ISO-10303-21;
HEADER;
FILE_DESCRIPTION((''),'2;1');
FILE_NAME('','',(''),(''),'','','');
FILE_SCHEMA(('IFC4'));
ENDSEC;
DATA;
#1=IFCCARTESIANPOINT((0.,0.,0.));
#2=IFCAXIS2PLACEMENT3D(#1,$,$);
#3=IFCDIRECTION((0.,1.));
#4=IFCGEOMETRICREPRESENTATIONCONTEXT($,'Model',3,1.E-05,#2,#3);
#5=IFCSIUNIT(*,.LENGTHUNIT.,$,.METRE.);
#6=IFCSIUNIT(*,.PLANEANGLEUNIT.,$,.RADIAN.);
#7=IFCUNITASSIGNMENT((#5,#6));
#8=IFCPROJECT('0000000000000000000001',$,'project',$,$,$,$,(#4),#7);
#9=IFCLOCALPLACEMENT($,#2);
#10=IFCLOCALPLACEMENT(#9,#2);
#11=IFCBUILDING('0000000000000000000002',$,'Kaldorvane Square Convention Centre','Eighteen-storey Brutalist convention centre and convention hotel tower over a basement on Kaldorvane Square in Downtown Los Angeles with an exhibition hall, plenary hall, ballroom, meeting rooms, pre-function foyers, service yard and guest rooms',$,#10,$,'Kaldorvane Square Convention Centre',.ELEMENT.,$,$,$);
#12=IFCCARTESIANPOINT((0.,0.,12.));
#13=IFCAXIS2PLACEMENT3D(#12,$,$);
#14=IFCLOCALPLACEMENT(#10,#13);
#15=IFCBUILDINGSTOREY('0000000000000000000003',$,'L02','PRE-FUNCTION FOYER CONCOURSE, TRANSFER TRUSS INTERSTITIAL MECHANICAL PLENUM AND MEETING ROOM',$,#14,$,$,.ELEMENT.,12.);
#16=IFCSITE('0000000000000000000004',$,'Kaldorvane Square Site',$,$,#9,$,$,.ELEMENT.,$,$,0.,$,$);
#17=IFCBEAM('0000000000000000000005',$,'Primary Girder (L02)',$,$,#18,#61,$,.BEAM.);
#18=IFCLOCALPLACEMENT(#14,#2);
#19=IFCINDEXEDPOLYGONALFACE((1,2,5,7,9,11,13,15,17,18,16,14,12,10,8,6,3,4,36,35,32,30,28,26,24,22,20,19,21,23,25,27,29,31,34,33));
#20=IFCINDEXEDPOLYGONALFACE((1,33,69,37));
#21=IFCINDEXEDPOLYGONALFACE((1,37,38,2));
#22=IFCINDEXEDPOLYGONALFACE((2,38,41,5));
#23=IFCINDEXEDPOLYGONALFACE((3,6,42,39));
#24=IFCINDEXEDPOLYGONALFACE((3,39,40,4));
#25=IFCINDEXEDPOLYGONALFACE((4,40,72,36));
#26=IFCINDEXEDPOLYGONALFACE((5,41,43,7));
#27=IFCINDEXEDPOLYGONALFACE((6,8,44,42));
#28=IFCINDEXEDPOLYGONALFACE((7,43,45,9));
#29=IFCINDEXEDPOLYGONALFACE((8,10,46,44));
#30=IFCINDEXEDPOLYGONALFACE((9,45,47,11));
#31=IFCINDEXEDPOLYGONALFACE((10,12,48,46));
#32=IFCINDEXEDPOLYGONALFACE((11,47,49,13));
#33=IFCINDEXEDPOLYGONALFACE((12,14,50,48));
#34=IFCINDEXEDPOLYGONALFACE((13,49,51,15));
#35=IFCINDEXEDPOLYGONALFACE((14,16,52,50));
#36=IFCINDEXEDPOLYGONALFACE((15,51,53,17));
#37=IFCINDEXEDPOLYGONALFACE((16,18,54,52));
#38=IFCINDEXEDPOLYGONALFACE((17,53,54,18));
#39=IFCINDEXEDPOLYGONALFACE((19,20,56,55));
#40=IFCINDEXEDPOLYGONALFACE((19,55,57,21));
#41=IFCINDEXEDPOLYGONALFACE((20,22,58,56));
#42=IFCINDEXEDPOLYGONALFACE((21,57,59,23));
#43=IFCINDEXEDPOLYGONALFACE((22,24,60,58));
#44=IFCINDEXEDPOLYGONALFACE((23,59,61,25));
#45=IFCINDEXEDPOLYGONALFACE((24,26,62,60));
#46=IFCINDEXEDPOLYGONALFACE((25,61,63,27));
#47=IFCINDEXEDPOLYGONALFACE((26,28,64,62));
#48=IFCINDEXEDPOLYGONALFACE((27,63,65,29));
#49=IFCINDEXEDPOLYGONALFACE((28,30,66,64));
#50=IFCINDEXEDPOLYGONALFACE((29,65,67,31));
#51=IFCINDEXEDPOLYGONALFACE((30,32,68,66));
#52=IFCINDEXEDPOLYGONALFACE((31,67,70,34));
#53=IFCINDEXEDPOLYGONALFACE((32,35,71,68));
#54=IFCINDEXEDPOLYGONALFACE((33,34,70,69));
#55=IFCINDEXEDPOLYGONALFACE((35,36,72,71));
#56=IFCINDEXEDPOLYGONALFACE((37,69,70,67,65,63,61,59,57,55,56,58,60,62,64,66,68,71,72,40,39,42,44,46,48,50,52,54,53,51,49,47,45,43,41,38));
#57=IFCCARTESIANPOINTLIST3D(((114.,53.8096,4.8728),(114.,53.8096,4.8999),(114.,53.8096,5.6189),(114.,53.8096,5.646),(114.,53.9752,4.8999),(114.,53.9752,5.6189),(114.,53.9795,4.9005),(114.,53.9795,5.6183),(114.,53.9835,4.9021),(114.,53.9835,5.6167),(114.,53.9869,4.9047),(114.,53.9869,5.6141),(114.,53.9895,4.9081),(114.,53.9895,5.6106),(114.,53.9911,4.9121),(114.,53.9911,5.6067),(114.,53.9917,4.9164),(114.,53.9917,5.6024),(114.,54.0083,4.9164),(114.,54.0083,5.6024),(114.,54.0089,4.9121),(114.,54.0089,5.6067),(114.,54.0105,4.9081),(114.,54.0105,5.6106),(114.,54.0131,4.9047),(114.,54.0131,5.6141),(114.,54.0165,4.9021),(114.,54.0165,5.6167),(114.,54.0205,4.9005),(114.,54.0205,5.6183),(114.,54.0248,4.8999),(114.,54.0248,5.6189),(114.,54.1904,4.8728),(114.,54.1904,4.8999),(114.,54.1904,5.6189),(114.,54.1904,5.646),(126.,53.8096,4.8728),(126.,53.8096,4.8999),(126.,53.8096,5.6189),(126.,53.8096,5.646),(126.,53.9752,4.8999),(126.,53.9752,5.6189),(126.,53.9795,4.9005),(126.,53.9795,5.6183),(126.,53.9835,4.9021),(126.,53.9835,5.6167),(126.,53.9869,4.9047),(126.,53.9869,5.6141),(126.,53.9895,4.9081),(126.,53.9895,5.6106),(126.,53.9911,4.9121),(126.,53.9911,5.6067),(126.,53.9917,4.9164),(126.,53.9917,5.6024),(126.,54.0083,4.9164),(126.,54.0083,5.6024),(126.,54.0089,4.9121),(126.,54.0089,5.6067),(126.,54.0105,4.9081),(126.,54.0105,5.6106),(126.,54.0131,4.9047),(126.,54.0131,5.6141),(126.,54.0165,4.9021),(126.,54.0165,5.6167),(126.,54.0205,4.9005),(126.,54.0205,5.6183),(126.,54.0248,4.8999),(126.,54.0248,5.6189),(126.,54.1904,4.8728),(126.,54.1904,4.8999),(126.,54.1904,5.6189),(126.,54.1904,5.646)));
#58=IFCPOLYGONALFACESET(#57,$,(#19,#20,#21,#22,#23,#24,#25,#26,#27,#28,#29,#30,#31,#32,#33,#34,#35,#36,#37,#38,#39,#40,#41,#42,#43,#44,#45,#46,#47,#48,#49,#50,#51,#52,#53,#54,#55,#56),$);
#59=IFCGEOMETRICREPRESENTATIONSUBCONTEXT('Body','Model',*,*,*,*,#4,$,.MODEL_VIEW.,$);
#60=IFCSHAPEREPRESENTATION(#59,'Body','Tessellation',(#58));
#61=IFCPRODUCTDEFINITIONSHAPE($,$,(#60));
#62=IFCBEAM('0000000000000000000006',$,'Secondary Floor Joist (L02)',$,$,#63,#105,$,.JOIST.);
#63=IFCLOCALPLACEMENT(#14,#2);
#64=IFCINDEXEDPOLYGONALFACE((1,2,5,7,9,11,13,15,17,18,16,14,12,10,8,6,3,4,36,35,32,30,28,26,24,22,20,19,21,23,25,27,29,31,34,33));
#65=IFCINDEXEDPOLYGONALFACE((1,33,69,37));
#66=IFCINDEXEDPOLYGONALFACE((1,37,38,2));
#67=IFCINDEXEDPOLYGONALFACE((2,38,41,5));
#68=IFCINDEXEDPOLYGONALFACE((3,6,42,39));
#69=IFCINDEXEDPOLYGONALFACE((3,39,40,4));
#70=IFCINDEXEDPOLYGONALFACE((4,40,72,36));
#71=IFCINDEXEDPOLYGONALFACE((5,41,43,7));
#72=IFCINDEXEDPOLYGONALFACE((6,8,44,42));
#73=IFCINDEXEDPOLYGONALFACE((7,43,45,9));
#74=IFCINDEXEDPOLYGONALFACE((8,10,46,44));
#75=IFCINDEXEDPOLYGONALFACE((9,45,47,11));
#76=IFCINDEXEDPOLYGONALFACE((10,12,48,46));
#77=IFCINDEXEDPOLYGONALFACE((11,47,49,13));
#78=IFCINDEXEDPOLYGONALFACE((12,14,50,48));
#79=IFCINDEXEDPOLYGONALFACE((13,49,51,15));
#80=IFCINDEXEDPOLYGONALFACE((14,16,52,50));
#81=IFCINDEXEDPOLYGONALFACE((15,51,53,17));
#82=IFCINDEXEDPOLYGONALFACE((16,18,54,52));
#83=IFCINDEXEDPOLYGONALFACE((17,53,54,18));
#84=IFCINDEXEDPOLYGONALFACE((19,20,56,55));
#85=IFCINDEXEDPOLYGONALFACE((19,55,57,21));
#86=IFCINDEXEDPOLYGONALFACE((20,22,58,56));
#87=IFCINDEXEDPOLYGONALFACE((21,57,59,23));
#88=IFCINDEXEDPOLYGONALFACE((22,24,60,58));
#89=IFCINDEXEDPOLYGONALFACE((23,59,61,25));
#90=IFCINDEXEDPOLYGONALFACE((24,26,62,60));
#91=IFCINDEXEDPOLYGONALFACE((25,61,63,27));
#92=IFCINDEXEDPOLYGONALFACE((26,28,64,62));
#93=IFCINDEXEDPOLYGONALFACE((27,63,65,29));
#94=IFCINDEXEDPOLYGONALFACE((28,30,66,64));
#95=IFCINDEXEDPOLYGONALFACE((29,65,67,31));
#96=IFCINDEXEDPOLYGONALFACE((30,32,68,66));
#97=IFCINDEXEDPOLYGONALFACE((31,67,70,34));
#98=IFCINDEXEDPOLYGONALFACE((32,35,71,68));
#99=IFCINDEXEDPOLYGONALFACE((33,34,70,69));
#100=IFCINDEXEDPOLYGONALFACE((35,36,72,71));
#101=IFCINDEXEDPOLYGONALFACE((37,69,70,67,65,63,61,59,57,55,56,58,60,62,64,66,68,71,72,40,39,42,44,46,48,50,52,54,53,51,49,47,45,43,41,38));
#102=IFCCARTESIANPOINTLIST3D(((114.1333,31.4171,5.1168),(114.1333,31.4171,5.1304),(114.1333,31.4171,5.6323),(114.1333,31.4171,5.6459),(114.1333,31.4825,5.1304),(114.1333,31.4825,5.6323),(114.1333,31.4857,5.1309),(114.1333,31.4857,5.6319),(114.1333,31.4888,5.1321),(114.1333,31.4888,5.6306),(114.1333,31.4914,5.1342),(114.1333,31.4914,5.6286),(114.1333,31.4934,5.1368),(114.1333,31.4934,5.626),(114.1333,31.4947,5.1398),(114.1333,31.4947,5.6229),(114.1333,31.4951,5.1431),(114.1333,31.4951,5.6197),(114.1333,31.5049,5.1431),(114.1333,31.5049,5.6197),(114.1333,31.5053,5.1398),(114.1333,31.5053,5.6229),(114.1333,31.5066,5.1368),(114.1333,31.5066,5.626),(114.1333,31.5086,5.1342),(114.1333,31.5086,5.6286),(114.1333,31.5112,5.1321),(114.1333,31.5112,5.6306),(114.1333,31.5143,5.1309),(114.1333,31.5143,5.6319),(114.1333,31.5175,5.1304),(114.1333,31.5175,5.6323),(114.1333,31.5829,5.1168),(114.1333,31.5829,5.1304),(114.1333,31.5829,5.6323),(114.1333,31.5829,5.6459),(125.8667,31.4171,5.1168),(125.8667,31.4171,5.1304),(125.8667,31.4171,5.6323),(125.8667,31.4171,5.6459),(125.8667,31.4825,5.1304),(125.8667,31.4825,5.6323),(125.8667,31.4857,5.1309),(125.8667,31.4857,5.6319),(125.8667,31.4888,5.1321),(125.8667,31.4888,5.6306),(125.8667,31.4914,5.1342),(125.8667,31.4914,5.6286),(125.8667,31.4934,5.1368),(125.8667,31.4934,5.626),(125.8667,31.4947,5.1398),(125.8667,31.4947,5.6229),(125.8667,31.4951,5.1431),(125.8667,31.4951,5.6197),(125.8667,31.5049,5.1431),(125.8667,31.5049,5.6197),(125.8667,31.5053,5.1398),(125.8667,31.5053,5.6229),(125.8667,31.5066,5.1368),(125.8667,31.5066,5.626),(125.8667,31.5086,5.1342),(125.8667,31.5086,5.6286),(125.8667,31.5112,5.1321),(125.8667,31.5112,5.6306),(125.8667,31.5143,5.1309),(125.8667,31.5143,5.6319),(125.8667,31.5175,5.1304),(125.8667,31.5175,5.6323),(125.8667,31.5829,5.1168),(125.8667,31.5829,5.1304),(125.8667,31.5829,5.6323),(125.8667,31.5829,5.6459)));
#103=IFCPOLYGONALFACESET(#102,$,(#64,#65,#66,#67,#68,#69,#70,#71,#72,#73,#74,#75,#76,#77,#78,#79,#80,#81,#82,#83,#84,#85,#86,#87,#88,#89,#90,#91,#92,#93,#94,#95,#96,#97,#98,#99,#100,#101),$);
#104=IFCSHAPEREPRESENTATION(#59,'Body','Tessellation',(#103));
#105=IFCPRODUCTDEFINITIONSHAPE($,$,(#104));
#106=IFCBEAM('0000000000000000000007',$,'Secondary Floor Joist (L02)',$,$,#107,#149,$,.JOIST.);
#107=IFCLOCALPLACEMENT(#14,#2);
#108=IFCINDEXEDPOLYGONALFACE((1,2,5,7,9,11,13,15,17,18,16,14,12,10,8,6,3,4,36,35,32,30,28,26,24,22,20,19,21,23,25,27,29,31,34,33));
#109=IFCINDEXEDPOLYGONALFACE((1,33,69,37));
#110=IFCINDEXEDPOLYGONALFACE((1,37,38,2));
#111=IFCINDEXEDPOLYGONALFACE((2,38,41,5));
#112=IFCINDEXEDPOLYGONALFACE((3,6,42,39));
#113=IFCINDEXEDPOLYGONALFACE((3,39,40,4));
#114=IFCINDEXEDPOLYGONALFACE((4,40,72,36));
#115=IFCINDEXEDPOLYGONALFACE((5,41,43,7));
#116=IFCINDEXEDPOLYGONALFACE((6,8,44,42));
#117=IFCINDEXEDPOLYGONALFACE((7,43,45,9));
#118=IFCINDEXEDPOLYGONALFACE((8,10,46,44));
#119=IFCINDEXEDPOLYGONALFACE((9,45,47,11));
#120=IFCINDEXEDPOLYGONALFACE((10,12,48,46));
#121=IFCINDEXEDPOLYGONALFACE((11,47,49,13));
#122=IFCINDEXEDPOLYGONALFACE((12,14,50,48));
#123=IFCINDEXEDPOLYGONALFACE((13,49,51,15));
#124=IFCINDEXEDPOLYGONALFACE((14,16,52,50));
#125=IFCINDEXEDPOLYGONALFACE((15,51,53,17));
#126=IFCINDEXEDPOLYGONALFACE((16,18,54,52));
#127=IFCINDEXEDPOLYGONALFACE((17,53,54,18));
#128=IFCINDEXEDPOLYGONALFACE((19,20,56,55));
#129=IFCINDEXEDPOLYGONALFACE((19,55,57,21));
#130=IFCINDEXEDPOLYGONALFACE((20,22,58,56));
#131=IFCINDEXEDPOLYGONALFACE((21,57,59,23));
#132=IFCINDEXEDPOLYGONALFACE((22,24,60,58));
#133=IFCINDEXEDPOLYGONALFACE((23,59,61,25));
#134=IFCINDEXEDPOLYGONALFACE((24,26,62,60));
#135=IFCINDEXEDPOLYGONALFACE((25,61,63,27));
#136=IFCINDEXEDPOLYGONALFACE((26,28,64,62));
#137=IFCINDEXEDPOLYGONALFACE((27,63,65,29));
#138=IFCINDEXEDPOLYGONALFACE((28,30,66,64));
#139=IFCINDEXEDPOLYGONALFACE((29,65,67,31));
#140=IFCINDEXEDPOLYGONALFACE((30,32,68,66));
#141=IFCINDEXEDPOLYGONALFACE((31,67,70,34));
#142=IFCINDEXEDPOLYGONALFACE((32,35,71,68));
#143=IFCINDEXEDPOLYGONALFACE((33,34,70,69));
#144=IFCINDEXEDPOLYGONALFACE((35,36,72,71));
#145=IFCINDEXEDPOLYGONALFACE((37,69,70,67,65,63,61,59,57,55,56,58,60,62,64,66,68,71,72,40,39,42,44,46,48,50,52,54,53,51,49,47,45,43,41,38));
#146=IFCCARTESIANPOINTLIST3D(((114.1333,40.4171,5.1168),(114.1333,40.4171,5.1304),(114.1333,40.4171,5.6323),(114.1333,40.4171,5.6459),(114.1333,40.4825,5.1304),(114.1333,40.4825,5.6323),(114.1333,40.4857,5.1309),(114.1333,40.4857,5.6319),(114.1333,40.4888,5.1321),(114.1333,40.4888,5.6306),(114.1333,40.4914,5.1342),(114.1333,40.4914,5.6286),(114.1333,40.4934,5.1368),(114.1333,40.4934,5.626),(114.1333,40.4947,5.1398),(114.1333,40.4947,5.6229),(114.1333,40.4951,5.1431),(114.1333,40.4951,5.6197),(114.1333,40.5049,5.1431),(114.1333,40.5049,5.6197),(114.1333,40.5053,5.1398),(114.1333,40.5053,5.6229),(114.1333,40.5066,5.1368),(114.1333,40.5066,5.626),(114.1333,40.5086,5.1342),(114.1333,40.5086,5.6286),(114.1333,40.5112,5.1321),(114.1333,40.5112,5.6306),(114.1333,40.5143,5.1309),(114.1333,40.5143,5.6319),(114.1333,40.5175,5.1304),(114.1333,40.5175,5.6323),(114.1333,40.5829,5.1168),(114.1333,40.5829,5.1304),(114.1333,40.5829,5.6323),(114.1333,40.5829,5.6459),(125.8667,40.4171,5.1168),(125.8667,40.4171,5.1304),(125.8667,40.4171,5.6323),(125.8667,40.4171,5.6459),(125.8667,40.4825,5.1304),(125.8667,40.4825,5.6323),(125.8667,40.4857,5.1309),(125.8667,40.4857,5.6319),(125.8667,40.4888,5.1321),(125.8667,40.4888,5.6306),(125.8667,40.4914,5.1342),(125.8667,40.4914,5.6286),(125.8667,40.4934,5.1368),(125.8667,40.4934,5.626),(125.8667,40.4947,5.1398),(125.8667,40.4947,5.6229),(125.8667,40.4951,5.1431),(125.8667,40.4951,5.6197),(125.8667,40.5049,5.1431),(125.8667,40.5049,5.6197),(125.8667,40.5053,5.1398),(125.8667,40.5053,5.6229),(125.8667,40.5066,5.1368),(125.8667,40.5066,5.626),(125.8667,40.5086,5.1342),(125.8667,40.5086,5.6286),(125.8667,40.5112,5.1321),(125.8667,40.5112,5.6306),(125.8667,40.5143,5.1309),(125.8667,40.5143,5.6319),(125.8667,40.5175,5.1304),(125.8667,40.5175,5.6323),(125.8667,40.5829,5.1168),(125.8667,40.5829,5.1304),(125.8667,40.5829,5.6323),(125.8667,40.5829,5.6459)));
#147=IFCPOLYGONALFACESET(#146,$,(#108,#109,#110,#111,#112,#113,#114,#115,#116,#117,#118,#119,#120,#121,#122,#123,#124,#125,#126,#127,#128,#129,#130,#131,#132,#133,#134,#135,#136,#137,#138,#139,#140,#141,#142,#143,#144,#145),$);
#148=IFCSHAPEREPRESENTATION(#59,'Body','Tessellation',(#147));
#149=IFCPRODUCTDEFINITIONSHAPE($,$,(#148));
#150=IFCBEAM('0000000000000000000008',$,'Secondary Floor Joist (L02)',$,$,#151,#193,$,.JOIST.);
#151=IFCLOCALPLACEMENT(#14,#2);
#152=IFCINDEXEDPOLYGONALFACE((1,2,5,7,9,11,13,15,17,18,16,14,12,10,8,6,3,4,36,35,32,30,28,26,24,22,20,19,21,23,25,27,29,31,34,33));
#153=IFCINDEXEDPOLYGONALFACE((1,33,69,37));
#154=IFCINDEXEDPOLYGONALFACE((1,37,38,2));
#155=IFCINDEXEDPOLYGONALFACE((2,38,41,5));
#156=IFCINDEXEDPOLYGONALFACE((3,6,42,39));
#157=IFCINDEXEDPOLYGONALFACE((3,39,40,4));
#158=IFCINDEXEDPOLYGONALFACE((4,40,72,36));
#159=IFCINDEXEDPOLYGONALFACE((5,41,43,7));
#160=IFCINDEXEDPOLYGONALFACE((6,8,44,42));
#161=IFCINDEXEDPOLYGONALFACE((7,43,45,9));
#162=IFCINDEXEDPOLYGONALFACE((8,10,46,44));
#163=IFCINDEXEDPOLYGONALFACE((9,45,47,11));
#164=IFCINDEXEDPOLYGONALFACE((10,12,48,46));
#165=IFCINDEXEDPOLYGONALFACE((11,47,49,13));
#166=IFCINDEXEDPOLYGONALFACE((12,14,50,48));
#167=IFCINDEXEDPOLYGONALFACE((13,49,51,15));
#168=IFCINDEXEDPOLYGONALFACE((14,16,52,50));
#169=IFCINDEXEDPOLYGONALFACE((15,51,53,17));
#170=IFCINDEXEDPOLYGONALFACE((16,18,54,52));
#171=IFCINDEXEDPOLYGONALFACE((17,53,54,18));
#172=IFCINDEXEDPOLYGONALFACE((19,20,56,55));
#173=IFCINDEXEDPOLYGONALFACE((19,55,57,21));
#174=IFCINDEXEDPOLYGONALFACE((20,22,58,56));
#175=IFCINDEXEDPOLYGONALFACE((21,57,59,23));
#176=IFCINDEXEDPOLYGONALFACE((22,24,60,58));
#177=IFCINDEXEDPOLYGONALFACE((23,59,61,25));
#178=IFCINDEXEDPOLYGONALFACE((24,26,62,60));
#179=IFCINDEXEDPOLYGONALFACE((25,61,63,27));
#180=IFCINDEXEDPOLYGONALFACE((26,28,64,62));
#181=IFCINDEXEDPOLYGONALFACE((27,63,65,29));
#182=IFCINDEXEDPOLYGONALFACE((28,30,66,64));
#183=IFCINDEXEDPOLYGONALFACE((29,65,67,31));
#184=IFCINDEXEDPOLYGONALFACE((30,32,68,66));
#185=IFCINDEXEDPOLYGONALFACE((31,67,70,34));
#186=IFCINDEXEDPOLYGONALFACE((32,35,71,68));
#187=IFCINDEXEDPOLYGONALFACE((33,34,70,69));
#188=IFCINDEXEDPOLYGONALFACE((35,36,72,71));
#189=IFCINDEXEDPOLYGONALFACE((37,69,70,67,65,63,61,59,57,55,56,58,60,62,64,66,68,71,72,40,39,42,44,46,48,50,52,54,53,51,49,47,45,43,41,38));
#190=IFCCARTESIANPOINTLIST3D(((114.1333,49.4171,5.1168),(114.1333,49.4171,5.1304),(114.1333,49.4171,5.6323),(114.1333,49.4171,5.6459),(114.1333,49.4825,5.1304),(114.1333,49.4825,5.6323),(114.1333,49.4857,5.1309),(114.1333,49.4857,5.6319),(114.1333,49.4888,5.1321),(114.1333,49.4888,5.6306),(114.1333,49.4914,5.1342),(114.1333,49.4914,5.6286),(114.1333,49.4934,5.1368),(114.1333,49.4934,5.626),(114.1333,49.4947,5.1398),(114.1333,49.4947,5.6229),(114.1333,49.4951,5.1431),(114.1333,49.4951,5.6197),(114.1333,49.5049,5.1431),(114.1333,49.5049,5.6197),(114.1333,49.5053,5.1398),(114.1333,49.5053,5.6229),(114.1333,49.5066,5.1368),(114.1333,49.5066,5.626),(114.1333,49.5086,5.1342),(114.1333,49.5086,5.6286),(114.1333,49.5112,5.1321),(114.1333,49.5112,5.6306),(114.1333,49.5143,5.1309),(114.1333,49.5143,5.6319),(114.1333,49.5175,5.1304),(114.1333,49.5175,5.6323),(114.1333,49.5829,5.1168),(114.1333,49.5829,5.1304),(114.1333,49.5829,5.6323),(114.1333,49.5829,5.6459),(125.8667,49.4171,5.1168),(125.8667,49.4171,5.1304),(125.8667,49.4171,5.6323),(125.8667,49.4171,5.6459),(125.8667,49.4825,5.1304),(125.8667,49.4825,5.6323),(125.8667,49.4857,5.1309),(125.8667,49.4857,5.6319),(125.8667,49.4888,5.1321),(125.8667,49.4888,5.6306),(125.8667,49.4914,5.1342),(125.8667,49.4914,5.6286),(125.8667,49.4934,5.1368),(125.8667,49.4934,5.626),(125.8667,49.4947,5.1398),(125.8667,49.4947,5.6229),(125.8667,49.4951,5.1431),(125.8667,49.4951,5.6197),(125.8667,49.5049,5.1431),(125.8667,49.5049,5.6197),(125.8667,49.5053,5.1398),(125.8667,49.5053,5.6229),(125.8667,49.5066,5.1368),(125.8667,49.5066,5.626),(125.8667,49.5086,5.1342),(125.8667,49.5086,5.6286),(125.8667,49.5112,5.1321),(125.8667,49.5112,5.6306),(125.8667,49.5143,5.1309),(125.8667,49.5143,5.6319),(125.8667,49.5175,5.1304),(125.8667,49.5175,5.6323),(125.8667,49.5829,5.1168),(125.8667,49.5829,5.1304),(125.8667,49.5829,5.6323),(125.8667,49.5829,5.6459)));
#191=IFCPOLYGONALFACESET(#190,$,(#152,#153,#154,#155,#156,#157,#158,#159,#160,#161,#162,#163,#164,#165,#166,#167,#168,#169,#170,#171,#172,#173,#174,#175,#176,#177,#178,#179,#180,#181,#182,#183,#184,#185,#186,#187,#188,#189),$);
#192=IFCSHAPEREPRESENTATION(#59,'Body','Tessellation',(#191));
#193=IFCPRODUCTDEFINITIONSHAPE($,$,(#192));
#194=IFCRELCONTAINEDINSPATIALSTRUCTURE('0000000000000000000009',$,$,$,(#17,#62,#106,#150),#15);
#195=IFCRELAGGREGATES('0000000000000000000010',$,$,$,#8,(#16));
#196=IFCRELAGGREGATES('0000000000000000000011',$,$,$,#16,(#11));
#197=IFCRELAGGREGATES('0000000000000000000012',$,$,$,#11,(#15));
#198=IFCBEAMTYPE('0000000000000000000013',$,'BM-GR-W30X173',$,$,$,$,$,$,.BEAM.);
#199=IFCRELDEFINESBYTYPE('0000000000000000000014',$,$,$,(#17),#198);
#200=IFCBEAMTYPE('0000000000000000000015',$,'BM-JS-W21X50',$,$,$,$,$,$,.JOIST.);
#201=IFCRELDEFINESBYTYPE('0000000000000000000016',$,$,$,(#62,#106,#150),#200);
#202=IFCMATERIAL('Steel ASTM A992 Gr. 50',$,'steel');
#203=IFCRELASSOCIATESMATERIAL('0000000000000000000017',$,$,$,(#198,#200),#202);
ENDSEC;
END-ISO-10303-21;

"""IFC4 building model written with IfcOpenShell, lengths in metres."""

from ifc_helpers import new_model, si_unit, direction, frame, origin, origin_2d, place, context, subcontext, project, spatial, i_section, extrude, material, material_profile, profile_set, type_object, element, save


model = new_model("IFC4")

# Units and contexts
model_context = context("Model", 3, precision=1e-05, world=origin(), true_north=direction((0.0, 1.0)))
body_context = subcontext(model_context, "Body", "Model", "MODEL_VIEW")
ifc_project = project(units=[si_unit("LENGTHUNIT", "METRE"), si_unit("PLANEANGLEUNIT", "RADIAN")], contexts=[model_context])

# Site, building, storey
site_placement = place(None, origin())
site = spatial("IfcSite", under=ifc_project, at=site_placement, Name="Kaldorvane Square Site", CompositionType="ELEMENT", RefElevation=0.0)
building_placement = place(site_placement, origin())
building = spatial("IfcBuilding", under=site, at=building_placement, Name="Kaldorvane Square Convention Centre", Description="Eighteen-storey Brutalist convention centre and convention hotel tower over a basement on Kaldorvane Square in Downtown Los Angeles with an exhibition hall, plenary hall, ballroom, meeting rooms, pre-function foyers, service yard and guest rooms", LongName="Kaldorvane Square Convention Centre", CompositionType="ELEMENT")
storey_placement = place(building_placement, frame((0.0, 0.0, 12.0)))
storey = spatial("IfcBuildingStorey", under=building, at=storey_placement, Name="L02", Description="PRE-FUNCTION FOYER CONCOURSE, TRANSFER TRUSS INTERSTITIAL MECHANICAL PLENUM AND MEETING ROOM", CompositionType="ELEMENT", Elevation=12.0)

# Shared definitions
ifc_material_1 = material(Name="Steel ASTM A992 Gr. 50", Category="steel")

# Beams
ifc_material_profile_1 = material_profile(ifc_material_1, i_section(OverallWidth=0.3807, OverallDepth=0.7732, WebThickness=0.0166, FlangeThickness=0.0271, FilletRadius=0.0165, at=origin_2d()), Name="W30X173")
ifc_profile_set_1 = profile_set([ifc_material_profile_1], Name="Steel ASTM A992 Gr. 50")
beam_type_1 = type_object("IfcBeamType", Name="BM-GR-W30X173", PredefinedType="BEAM", material=ifc_profile_set_1)
for number, where, z_axis, x_axis, name in (
    (1, (114.0, 54.0, 5.2594), (1.0, 0.0, 0.0), (0.0, 1.0, 0.0), "Primary Girder (L02)"),
):
    element("IfcBeam", number, at=place(storey_placement, frame(where, z_axis=z_axis, x_axis=x_axis)), inside=storey, type_object=beam_type_1, Name=name, PredefinedType="BEAM", context=body_context, shape_type="SweptSolid", body=[
        extrude(i_section(OverallWidth=0.3807, OverallDepth=0.7732, WebThickness=0.0166, FlangeThickness=0.0271, FilletRadius=0.0165, at=origin_2d()), origin(), (0.0, 0.0, 1.0), 12.0),
    ])
ifc_material_profile_2 = material_profile(ifc_material_1, i_section(OverallWidth=0.1659, OverallDepth=0.5291, WebThickness=0.0097, FlangeThickness=0.0136, FilletRadius=0.0127, at=origin_2d()), Name="W21X50")
ifc_profile_set_2 = profile_set([ifc_material_profile_2], Name="Steel ASTM A992 Gr. 50")
beam_type_2 = type_object("IfcBeamType", Name="BM-JS-W21X50", PredefinedType="JOIST", material=ifc_profile_set_2)
for number, where, z_axis, x_axis, name in (
    (2, (114.1333, 31.5, 5.3814), (1.0, 0.0, 0.0), (0.0, 1.0, 0.0), "Secondary Floor Joist (L02)"),
    (3, (114.1333, 40.5, 5.3814), (1.0, 0.0, 0.0), (0.0, 1.0, 0.0), "Secondary Floor Joist (L02)"),
    (4, (114.1333, 49.5, 5.3814), (1.0, 0.0, 0.0), (0.0, 1.0, 0.0), "Secondary Floor Joist (L02)"),
):
    element("IfcBeam", number, at=place(storey_placement, frame(where, z_axis=z_axis, x_axis=x_axis)), inside=storey, type_object=beam_type_2, Name=name, PredefinedType="JOIST", context=body_context, shape_type="SweptSolid", body=[
        extrude(i_section(OverallWidth=0.1659, OverallDepth=0.5291, WebThickness=0.0097, FlangeThickness=0.0136, FilletRadius=0.0127, at=origin_2d()), origin(), (0.0, 0.0, 1.0), 11.7334),
    ])

save(model, "model.ifc")
